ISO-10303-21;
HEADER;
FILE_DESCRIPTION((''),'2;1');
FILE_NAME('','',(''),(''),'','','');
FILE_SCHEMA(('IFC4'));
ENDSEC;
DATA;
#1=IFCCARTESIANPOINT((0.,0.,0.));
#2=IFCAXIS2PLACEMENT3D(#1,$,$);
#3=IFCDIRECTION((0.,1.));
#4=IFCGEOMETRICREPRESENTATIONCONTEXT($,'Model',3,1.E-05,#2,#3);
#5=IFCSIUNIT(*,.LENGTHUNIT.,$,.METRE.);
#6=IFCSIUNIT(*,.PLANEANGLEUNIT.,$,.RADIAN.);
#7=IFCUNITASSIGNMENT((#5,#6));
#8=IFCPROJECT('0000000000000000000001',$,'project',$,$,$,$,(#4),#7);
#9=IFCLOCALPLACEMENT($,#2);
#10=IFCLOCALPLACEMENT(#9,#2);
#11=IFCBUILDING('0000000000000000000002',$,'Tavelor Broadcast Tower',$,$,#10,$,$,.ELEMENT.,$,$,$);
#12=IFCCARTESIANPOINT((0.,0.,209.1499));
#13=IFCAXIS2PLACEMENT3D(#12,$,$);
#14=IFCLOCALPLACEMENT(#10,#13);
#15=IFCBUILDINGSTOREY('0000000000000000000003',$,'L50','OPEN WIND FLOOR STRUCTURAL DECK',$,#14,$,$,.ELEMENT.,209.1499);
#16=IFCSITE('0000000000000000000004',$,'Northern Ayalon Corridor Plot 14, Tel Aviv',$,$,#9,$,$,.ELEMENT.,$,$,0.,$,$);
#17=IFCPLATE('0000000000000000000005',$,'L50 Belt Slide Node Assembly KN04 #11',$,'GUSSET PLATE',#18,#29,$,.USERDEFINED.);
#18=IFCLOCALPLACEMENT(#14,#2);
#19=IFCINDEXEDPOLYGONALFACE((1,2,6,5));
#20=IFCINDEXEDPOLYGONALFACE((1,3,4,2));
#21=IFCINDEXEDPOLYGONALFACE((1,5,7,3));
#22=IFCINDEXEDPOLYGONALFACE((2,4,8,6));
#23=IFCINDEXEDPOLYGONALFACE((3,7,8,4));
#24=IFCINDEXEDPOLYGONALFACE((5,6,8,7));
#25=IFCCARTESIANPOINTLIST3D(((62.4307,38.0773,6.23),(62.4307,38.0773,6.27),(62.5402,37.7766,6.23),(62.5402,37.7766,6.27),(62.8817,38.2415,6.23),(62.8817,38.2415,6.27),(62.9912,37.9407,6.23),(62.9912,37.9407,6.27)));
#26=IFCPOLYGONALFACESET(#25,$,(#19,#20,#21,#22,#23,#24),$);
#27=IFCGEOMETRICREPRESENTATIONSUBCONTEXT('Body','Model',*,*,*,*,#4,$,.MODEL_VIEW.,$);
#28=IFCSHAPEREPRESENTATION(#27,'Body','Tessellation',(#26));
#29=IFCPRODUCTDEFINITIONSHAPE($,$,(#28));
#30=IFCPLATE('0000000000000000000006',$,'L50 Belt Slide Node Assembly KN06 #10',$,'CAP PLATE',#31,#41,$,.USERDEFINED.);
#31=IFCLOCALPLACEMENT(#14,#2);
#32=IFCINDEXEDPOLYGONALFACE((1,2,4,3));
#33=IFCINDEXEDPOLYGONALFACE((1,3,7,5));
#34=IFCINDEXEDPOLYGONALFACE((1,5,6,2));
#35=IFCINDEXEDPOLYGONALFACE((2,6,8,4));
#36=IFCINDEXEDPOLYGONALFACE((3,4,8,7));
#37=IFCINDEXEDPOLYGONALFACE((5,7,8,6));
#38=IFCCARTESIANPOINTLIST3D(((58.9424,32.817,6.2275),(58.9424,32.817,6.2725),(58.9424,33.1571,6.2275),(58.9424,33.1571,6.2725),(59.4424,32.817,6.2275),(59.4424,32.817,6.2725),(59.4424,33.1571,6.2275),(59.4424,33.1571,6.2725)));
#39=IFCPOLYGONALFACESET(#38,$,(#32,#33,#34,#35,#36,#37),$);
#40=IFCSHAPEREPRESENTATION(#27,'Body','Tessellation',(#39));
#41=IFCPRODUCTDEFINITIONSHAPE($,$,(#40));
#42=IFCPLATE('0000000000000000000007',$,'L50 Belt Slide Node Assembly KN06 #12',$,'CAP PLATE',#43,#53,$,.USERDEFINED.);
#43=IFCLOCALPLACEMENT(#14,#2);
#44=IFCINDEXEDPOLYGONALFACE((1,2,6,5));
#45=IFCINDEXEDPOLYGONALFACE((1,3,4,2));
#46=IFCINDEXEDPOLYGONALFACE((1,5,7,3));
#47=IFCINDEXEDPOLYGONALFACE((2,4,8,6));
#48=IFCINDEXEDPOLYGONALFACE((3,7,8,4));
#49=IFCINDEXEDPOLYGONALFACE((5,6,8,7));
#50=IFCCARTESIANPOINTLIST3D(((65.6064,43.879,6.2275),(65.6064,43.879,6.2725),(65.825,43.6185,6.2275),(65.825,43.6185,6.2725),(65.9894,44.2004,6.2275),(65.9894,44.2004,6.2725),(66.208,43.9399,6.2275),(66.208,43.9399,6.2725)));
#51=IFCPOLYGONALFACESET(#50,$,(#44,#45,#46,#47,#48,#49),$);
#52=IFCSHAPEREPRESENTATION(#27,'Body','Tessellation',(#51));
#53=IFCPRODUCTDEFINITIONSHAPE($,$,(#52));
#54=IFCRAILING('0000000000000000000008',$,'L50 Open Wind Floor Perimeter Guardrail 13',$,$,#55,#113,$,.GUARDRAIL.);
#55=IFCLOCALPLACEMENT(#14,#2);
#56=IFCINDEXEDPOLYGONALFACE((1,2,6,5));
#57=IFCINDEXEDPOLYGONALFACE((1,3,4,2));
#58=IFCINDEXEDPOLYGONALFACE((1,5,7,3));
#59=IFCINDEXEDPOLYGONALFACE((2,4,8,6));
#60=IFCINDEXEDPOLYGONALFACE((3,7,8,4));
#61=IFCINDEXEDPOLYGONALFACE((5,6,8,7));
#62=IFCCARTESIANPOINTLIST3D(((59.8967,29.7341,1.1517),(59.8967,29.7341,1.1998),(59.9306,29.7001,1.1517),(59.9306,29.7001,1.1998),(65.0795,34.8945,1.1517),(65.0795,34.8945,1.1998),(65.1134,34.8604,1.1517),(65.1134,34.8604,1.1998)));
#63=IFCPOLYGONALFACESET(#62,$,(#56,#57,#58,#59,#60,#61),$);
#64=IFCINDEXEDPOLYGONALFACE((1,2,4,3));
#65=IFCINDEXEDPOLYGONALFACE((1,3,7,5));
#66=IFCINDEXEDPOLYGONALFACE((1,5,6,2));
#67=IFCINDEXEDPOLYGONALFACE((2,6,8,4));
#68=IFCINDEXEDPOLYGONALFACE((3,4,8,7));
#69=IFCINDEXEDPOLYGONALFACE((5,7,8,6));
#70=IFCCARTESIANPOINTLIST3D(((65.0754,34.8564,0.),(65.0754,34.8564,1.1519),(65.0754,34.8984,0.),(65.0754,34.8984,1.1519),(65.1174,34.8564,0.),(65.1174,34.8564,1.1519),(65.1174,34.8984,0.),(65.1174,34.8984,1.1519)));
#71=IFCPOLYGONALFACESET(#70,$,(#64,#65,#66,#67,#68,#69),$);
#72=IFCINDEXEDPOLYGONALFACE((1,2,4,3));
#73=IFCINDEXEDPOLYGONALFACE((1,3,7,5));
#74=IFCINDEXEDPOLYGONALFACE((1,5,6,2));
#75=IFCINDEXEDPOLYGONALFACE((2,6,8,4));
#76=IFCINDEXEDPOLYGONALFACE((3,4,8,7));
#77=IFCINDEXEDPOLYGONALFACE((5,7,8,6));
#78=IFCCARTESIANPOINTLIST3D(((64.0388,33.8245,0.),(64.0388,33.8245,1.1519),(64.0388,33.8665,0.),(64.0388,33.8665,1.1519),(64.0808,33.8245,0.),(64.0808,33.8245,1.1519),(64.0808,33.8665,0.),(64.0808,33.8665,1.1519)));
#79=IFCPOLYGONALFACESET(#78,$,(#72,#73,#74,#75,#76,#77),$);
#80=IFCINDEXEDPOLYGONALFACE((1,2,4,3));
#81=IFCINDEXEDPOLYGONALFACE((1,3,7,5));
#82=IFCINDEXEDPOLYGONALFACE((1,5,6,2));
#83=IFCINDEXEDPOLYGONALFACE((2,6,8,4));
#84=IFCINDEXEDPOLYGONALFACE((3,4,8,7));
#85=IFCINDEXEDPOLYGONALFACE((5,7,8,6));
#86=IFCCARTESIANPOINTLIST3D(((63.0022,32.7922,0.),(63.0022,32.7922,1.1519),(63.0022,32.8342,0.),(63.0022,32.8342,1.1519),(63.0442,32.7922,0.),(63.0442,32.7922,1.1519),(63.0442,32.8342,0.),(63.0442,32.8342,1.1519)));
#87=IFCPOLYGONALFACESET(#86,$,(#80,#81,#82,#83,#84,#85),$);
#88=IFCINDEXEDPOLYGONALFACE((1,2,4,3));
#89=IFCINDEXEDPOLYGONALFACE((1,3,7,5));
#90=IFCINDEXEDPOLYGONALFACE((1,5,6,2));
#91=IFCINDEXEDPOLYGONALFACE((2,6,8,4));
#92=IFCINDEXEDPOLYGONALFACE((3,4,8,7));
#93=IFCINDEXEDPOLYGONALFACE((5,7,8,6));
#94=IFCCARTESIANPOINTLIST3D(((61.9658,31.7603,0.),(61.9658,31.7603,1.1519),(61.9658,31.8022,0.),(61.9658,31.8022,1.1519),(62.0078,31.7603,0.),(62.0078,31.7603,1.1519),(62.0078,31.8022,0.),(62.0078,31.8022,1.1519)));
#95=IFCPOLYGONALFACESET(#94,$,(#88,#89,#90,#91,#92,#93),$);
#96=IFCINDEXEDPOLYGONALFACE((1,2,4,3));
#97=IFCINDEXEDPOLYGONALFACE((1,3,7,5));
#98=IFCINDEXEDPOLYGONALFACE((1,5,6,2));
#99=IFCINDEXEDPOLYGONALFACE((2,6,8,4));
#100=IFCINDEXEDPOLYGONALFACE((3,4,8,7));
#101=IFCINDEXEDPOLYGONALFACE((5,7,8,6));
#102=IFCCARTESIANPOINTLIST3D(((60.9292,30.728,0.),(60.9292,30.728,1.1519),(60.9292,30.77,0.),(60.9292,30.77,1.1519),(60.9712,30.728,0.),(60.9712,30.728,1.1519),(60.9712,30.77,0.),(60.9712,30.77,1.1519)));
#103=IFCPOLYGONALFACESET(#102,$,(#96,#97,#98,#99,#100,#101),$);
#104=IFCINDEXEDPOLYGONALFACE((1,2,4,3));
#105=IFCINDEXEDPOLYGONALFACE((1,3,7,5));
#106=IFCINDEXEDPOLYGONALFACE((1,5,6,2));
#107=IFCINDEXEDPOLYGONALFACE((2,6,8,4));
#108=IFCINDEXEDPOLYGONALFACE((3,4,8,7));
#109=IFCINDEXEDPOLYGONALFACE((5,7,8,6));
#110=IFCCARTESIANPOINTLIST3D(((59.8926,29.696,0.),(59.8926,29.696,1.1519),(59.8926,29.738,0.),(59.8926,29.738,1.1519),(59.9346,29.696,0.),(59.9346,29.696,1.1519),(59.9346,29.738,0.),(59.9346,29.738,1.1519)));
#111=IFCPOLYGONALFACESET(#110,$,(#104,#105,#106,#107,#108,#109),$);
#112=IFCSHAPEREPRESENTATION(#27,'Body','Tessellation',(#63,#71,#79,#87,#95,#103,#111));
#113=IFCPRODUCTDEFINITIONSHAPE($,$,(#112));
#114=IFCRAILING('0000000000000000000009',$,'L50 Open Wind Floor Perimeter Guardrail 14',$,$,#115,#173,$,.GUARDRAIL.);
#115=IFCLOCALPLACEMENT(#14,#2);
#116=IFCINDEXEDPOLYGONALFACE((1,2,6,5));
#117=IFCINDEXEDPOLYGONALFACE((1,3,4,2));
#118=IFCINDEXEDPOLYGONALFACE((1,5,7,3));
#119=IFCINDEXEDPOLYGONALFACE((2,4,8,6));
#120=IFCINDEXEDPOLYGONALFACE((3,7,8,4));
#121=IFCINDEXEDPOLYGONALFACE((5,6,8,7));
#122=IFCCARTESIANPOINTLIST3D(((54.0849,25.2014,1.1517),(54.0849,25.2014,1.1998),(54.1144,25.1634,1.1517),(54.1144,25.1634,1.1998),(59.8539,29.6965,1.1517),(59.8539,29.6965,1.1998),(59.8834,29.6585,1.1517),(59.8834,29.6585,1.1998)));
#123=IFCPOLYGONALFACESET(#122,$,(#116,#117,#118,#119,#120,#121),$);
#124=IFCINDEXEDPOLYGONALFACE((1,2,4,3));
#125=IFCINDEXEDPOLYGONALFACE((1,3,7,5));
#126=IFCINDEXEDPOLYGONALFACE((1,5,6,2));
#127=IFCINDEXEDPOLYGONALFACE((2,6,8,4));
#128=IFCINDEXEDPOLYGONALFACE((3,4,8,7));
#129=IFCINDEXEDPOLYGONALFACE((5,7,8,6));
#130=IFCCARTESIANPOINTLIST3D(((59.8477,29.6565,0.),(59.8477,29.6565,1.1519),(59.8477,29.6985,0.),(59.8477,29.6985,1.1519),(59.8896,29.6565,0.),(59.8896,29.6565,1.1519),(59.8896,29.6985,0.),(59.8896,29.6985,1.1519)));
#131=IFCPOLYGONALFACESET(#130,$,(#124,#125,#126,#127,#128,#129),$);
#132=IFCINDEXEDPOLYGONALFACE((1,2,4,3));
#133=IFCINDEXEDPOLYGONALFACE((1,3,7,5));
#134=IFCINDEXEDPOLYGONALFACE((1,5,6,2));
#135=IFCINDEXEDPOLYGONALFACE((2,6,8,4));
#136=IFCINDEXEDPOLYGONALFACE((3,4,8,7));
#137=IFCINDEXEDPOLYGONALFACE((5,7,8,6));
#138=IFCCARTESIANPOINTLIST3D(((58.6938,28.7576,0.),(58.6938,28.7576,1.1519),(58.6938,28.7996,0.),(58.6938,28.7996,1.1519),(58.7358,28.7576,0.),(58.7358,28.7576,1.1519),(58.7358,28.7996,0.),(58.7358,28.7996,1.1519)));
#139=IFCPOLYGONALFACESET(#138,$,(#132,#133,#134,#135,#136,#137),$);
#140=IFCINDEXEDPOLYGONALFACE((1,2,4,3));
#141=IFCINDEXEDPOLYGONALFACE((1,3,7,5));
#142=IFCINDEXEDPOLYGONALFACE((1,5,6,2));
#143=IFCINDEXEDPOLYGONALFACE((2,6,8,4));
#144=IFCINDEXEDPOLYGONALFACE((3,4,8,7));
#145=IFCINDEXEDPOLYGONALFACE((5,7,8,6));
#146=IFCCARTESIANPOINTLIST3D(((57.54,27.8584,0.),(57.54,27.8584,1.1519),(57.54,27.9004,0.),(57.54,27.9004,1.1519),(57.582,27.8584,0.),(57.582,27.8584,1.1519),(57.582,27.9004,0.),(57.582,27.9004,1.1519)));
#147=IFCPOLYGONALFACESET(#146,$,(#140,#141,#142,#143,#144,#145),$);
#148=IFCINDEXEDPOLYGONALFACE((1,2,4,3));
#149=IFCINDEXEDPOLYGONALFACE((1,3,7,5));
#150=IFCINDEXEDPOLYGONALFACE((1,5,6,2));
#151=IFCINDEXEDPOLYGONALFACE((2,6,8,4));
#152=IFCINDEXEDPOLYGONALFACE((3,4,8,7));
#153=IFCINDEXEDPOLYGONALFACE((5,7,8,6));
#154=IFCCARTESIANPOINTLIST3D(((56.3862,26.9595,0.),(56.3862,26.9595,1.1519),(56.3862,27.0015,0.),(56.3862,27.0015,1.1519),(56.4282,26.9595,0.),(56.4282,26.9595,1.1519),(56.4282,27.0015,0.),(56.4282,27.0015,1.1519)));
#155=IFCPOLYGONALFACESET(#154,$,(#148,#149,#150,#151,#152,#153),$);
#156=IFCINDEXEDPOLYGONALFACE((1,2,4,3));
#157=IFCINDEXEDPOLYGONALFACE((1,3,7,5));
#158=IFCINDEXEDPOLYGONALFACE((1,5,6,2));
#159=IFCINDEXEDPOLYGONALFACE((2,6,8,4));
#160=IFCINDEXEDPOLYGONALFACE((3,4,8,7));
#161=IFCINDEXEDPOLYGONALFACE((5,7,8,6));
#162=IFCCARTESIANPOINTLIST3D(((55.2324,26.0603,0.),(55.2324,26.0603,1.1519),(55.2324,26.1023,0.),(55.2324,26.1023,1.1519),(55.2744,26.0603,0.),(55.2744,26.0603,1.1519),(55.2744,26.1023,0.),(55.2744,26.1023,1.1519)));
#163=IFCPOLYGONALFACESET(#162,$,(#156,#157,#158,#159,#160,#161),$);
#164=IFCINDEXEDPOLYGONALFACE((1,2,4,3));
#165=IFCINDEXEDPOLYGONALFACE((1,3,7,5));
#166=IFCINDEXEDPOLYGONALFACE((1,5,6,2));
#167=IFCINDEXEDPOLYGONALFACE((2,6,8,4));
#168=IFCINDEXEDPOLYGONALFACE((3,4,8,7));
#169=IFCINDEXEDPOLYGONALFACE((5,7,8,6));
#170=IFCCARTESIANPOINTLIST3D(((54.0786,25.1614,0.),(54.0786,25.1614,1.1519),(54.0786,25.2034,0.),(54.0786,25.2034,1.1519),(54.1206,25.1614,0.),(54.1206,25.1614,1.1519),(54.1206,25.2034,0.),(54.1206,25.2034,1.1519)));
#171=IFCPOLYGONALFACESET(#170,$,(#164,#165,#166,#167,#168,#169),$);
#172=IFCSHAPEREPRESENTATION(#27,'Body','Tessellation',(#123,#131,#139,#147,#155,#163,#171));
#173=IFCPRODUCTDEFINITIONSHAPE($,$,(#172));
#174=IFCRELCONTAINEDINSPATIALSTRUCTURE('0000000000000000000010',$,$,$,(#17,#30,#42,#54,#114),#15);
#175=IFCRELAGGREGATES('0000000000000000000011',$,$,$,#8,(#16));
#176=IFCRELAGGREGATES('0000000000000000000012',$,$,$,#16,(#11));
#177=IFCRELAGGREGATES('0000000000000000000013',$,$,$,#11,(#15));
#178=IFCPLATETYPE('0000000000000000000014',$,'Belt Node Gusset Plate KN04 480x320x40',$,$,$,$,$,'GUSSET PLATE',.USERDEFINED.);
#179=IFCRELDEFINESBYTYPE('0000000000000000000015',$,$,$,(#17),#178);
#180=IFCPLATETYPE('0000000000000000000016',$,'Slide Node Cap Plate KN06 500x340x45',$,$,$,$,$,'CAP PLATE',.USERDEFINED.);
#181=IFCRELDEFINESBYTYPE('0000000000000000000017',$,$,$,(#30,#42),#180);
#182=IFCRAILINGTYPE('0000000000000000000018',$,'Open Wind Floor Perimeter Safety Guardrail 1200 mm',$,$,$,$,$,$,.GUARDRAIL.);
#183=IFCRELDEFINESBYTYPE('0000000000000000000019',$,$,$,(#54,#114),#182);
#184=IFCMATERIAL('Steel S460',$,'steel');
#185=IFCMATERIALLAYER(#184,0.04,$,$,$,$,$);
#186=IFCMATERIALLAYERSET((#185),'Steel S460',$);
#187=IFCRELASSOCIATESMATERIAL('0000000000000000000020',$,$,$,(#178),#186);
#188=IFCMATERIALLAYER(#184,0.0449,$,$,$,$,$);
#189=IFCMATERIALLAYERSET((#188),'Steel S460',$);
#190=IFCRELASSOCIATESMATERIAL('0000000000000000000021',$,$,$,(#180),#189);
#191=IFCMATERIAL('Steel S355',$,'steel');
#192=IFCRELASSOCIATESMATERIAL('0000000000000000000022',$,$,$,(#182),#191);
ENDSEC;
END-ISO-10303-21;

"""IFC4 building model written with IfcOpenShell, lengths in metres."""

from ifc_helpers import new_model, si_unit, direction, frame, origin, origin_2d, place, context, subcontext, project, spatial, rectangle, extrude, source, transform, mapped, material, layer, layer_set, type_object, type_shapes, element, save


model = new_model("IFC4")

# Units and contexts
model_context = context("Model", 3, precision=1e-05, world=origin(), true_north=direction((0.0, 1.0)))
body_context = subcontext(model_context, "Body", "Model", "MODEL_VIEW")
ifc_project = project(units=[si_unit("LENGTHUNIT", "METRE"), si_unit("PLANEANGLEUNIT", "RADIAN")], contexts=[model_context])

# Site, building, storey
site_placement = place(None, origin())
site = spatial("IfcSite", under=ifc_project, at=site_placement, Name="Northern Ayalon Corridor Plot 14, Tel Aviv", CompositionType="ELEMENT", RefElevation=0.0)
building_placement = place(site_placement, origin())
building = spatial("IfcBuilding", under=site, at=building_placement, Name="Tavelor Broadcast Tower", CompositionType="ELEMENT")
storey_placement = place(building_placement, frame((0.0, 0.0, 209.1499)))
storey = spatial("IfcBuildingStorey", under=building, at=storey_placement, Name="L50", Description="OPEN WIND FLOOR STRUCTURAL DECK", CompositionType="ELEMENT", Elevation=209.1499)

# Shared definitions
ifc_material_1 = material(Name="Steel S460", Category="steel")

# Plates
ifc_layer_1 = layer(ifc_material_1, 0.04)
ifc_layer_set_1 = layer_set([ifc_layer_1], Name="Steel S460")
plate_type_1 = type_object("IfcPlateType", Name="Belt Node Gusset Plate KN04 480x320x40", ElementType="GUSSET PLATE", PredefinedType="USERDEFINED", material=ifc_layer_set_1)
shared_shape_1 = source(origin(), body_context, "Body", "SweptSolid", [
    extrude(rectangle(XDim=0.48, YDim=0.3201, at=origin_2d()), origin(), (0.0, 0.0, 1.0), 0.04),
])
type_shapes(plate_type_1, [shared_shape_1])
plate_1_placement = place(storey_placement, frame((62.7109, 38.009, 6.23), z_axis=(0.0, 0.0, 1.0), x_axis=(-0.939693, -0.34202, 0.0)))
element("IfcPlate", 1, at=plate_1_placement, inside=storey, type_object=plate_type_1, Name="L50 Belt Slide Node Assembly KN04 #11", ObjectType="GUSSET PLATE", PredefinedType="USERDEFINED", context=body_context, shape_type="MappedRepresentation", body=[
    mapped(shared_shape_1, transform((0.0, 0.0, 0.0), scale=1.0)),
])
ifc_layer_2 = layer(ifc_material_1, 0.0449)
ifc_layer_set_2 = layer_set([ifc_layer_2], Name="Steel S460")
plate_type_2 = type_object("IfcPlateType", Name="Slide Node Cap Plate KN06 500x340x45", ElementType="CAP PLATE", PredefinedType="USERDEFINED", material=ifc_layer_set_2)
shared_shape_2 = source(origin(), body_context, "Body", "SweptSolid", [
    extrude(rectangle(XDim=0.5, YDim=0.3401, at=origin_2d()), origin(), (0.0, 0.0, 1.0), 0.0449),
])
type_shapes(plate_type_2, [shared_shape_2])
for number, where, z_axis, x_axis, name in (
    (2, (59.1924, 32.9871, 6.2275), (0.0, 0.0, 1.0), (-1.0, 0.0, 0.0), "L50 Belt Slide Node Assembly KN06 #10"),
    (3, (65.9072, 43.9094, 6.2275), (0.0, 0.0, 1.0), (-0.766044, -0.642788, 0.0), "L50 Belt Slide Node Assembly KN06 #12"),
):
    element("IfcPlate", number, at=place(storey_placement, frame(where, z_axis=z_axis, x_axis=x_axis)), inside=storey, type_object=plate_type_2, Name=name, ObjectType="CAP PLATE", PredefinedType="USERDEFINED", context=body_context, shape_type="MappedRepresentation", body=[
        mapped(shared_shape_2, transform((0.0, 0.0, 0.0), scale=1.0)),
    ])

# Railings
ifc_material_2 = material(Name="Steel S355", Category="steel")
railing_type = type_object("IfcRailingType", Name="Open Wind Floor Perimeter Safety Guardrail 1200 mm", PredefinedType="GUARDRAIL", material=ifc_material_2)
railing_1_placement = place(storey_placement, frame((65.0964, 34.8774, 0.0)))
element("IfcRailing", 4, at=railing_1_placement, inside=storey, type_object=railing_type, Name="L50 Open Wind Floor Perimeter Guardrail 13", PredefinedType="GUARDRAIL", context=body_context, shape_type="SweptSolid", body=[
    extrude(rectangle(XDim=0.0481, YDim=0.0481, at=origin_2d()), frame((0.0, 0.0, 1.1758), z_axis=(-0.708641, -0.70557, 0.0), x_axis=(0.70557, -0.708641, 0.0)), (0.0, 0.0, 1.0), 7.3137),
    extrude(rectangle(XDim=0.042, YDim=0.042, at=origin_2d()), origin(), (0.0, 0.0, 1.0), 1.1519),
    extrude(rectangle(XDim=0.042, YDim=0.042, at=origin_2d()), frame((-1.0366, -1.032, 0.0)), (0.0, 0.0, 1.0), 1.1519),
    extrude(rectangle(XDim=0.042, YDim=0.042, at=origin_2d()), frame((-2.0732, -2.0642, 0.0)), (0.0, 0.0, 1.0), 1.1519),
    extrude(rectangle(XDim=0.042, YDim=0.042, at=origin_2d()), frame((-3.1096, -3.0962, 0.0)), (0.0, 0.0, 1.0), 1.1519),
    extrude(rectangle(XDim=0.042, YDim=0.042, at=origin_2d()), frame((-4.1462, -4.1284, 0.0)), (0.0, 0.0, 1.0), 1.1519),
    extrude(rectangle(XDim=0.042, YDim=0.042, at=origin_2d()), frame((-5.1829, -5.1604, 0.0)), (0.0, 0.0, 1.0), 1.1519),
])
railing_2_placement = place(storey_placement, frame((59.8687, 29.6775, 0.0)))
element("IfcRailing", 5, at=railing_2_placement, inside=storey, type_object=railing_type, Name="L50 Open Wind Floor Perimeter Guardrail 14", PredefinedType="GUARDRAIL", context=body_context, shape_type="SweptSolid", body=[
    extrude(rectangle(XDim=0.0481, YDim=0.0481, at=origin_2d()), frame((0.0, 0.0, 1.1758), z_axis=(-0.788816, -0.614629, 0.0), x_axis=(0.614629, -0.788816, 0.0)), (0.0, 0.0, 1.0), 7.3135),
    extrude(rectangle(XDim=0.042, YDim=0.042, at=origin_2d()), origin(), (0.0, 0.0, 1.0), 1.1519),
    extrude(rectangle(XDim=0.042, YDim=0.042, at=origin_2d()), frame((-1.1538, -0.8989, 0.0)), (0.0, 0.0, 1.0), 1.1519),
    extrude(rectangle(XDim=0.042, YDim=0.042, at=origin_2d()), frame((-2.3076, -1.7981, 0.0)), (0.0, 0.0, 1.0), 1.1519),
    extrude(rectangle(XDim=0.042, YDim=0.042, at=origin_2d()), frame((-3.4614, -2.697, 0.0)), (0.0, 0.0, 1.0), 1.1519),
    extrude(rectangle(XDim=0.042, YDim=0.042, at=origin_2d()), frame((-4.6152, -3.5962, 0.0)), (0.0, 0.0, 1.0), 1.1519),
    extrude(rectangle(XDim=0.042, YDim=0.042, at=origin_2d()), frame((-5.769, -4.4951, 0.0)), (0.0, 0.0, 1.0), 1.1519),
])

save(model, "model.ifc")
